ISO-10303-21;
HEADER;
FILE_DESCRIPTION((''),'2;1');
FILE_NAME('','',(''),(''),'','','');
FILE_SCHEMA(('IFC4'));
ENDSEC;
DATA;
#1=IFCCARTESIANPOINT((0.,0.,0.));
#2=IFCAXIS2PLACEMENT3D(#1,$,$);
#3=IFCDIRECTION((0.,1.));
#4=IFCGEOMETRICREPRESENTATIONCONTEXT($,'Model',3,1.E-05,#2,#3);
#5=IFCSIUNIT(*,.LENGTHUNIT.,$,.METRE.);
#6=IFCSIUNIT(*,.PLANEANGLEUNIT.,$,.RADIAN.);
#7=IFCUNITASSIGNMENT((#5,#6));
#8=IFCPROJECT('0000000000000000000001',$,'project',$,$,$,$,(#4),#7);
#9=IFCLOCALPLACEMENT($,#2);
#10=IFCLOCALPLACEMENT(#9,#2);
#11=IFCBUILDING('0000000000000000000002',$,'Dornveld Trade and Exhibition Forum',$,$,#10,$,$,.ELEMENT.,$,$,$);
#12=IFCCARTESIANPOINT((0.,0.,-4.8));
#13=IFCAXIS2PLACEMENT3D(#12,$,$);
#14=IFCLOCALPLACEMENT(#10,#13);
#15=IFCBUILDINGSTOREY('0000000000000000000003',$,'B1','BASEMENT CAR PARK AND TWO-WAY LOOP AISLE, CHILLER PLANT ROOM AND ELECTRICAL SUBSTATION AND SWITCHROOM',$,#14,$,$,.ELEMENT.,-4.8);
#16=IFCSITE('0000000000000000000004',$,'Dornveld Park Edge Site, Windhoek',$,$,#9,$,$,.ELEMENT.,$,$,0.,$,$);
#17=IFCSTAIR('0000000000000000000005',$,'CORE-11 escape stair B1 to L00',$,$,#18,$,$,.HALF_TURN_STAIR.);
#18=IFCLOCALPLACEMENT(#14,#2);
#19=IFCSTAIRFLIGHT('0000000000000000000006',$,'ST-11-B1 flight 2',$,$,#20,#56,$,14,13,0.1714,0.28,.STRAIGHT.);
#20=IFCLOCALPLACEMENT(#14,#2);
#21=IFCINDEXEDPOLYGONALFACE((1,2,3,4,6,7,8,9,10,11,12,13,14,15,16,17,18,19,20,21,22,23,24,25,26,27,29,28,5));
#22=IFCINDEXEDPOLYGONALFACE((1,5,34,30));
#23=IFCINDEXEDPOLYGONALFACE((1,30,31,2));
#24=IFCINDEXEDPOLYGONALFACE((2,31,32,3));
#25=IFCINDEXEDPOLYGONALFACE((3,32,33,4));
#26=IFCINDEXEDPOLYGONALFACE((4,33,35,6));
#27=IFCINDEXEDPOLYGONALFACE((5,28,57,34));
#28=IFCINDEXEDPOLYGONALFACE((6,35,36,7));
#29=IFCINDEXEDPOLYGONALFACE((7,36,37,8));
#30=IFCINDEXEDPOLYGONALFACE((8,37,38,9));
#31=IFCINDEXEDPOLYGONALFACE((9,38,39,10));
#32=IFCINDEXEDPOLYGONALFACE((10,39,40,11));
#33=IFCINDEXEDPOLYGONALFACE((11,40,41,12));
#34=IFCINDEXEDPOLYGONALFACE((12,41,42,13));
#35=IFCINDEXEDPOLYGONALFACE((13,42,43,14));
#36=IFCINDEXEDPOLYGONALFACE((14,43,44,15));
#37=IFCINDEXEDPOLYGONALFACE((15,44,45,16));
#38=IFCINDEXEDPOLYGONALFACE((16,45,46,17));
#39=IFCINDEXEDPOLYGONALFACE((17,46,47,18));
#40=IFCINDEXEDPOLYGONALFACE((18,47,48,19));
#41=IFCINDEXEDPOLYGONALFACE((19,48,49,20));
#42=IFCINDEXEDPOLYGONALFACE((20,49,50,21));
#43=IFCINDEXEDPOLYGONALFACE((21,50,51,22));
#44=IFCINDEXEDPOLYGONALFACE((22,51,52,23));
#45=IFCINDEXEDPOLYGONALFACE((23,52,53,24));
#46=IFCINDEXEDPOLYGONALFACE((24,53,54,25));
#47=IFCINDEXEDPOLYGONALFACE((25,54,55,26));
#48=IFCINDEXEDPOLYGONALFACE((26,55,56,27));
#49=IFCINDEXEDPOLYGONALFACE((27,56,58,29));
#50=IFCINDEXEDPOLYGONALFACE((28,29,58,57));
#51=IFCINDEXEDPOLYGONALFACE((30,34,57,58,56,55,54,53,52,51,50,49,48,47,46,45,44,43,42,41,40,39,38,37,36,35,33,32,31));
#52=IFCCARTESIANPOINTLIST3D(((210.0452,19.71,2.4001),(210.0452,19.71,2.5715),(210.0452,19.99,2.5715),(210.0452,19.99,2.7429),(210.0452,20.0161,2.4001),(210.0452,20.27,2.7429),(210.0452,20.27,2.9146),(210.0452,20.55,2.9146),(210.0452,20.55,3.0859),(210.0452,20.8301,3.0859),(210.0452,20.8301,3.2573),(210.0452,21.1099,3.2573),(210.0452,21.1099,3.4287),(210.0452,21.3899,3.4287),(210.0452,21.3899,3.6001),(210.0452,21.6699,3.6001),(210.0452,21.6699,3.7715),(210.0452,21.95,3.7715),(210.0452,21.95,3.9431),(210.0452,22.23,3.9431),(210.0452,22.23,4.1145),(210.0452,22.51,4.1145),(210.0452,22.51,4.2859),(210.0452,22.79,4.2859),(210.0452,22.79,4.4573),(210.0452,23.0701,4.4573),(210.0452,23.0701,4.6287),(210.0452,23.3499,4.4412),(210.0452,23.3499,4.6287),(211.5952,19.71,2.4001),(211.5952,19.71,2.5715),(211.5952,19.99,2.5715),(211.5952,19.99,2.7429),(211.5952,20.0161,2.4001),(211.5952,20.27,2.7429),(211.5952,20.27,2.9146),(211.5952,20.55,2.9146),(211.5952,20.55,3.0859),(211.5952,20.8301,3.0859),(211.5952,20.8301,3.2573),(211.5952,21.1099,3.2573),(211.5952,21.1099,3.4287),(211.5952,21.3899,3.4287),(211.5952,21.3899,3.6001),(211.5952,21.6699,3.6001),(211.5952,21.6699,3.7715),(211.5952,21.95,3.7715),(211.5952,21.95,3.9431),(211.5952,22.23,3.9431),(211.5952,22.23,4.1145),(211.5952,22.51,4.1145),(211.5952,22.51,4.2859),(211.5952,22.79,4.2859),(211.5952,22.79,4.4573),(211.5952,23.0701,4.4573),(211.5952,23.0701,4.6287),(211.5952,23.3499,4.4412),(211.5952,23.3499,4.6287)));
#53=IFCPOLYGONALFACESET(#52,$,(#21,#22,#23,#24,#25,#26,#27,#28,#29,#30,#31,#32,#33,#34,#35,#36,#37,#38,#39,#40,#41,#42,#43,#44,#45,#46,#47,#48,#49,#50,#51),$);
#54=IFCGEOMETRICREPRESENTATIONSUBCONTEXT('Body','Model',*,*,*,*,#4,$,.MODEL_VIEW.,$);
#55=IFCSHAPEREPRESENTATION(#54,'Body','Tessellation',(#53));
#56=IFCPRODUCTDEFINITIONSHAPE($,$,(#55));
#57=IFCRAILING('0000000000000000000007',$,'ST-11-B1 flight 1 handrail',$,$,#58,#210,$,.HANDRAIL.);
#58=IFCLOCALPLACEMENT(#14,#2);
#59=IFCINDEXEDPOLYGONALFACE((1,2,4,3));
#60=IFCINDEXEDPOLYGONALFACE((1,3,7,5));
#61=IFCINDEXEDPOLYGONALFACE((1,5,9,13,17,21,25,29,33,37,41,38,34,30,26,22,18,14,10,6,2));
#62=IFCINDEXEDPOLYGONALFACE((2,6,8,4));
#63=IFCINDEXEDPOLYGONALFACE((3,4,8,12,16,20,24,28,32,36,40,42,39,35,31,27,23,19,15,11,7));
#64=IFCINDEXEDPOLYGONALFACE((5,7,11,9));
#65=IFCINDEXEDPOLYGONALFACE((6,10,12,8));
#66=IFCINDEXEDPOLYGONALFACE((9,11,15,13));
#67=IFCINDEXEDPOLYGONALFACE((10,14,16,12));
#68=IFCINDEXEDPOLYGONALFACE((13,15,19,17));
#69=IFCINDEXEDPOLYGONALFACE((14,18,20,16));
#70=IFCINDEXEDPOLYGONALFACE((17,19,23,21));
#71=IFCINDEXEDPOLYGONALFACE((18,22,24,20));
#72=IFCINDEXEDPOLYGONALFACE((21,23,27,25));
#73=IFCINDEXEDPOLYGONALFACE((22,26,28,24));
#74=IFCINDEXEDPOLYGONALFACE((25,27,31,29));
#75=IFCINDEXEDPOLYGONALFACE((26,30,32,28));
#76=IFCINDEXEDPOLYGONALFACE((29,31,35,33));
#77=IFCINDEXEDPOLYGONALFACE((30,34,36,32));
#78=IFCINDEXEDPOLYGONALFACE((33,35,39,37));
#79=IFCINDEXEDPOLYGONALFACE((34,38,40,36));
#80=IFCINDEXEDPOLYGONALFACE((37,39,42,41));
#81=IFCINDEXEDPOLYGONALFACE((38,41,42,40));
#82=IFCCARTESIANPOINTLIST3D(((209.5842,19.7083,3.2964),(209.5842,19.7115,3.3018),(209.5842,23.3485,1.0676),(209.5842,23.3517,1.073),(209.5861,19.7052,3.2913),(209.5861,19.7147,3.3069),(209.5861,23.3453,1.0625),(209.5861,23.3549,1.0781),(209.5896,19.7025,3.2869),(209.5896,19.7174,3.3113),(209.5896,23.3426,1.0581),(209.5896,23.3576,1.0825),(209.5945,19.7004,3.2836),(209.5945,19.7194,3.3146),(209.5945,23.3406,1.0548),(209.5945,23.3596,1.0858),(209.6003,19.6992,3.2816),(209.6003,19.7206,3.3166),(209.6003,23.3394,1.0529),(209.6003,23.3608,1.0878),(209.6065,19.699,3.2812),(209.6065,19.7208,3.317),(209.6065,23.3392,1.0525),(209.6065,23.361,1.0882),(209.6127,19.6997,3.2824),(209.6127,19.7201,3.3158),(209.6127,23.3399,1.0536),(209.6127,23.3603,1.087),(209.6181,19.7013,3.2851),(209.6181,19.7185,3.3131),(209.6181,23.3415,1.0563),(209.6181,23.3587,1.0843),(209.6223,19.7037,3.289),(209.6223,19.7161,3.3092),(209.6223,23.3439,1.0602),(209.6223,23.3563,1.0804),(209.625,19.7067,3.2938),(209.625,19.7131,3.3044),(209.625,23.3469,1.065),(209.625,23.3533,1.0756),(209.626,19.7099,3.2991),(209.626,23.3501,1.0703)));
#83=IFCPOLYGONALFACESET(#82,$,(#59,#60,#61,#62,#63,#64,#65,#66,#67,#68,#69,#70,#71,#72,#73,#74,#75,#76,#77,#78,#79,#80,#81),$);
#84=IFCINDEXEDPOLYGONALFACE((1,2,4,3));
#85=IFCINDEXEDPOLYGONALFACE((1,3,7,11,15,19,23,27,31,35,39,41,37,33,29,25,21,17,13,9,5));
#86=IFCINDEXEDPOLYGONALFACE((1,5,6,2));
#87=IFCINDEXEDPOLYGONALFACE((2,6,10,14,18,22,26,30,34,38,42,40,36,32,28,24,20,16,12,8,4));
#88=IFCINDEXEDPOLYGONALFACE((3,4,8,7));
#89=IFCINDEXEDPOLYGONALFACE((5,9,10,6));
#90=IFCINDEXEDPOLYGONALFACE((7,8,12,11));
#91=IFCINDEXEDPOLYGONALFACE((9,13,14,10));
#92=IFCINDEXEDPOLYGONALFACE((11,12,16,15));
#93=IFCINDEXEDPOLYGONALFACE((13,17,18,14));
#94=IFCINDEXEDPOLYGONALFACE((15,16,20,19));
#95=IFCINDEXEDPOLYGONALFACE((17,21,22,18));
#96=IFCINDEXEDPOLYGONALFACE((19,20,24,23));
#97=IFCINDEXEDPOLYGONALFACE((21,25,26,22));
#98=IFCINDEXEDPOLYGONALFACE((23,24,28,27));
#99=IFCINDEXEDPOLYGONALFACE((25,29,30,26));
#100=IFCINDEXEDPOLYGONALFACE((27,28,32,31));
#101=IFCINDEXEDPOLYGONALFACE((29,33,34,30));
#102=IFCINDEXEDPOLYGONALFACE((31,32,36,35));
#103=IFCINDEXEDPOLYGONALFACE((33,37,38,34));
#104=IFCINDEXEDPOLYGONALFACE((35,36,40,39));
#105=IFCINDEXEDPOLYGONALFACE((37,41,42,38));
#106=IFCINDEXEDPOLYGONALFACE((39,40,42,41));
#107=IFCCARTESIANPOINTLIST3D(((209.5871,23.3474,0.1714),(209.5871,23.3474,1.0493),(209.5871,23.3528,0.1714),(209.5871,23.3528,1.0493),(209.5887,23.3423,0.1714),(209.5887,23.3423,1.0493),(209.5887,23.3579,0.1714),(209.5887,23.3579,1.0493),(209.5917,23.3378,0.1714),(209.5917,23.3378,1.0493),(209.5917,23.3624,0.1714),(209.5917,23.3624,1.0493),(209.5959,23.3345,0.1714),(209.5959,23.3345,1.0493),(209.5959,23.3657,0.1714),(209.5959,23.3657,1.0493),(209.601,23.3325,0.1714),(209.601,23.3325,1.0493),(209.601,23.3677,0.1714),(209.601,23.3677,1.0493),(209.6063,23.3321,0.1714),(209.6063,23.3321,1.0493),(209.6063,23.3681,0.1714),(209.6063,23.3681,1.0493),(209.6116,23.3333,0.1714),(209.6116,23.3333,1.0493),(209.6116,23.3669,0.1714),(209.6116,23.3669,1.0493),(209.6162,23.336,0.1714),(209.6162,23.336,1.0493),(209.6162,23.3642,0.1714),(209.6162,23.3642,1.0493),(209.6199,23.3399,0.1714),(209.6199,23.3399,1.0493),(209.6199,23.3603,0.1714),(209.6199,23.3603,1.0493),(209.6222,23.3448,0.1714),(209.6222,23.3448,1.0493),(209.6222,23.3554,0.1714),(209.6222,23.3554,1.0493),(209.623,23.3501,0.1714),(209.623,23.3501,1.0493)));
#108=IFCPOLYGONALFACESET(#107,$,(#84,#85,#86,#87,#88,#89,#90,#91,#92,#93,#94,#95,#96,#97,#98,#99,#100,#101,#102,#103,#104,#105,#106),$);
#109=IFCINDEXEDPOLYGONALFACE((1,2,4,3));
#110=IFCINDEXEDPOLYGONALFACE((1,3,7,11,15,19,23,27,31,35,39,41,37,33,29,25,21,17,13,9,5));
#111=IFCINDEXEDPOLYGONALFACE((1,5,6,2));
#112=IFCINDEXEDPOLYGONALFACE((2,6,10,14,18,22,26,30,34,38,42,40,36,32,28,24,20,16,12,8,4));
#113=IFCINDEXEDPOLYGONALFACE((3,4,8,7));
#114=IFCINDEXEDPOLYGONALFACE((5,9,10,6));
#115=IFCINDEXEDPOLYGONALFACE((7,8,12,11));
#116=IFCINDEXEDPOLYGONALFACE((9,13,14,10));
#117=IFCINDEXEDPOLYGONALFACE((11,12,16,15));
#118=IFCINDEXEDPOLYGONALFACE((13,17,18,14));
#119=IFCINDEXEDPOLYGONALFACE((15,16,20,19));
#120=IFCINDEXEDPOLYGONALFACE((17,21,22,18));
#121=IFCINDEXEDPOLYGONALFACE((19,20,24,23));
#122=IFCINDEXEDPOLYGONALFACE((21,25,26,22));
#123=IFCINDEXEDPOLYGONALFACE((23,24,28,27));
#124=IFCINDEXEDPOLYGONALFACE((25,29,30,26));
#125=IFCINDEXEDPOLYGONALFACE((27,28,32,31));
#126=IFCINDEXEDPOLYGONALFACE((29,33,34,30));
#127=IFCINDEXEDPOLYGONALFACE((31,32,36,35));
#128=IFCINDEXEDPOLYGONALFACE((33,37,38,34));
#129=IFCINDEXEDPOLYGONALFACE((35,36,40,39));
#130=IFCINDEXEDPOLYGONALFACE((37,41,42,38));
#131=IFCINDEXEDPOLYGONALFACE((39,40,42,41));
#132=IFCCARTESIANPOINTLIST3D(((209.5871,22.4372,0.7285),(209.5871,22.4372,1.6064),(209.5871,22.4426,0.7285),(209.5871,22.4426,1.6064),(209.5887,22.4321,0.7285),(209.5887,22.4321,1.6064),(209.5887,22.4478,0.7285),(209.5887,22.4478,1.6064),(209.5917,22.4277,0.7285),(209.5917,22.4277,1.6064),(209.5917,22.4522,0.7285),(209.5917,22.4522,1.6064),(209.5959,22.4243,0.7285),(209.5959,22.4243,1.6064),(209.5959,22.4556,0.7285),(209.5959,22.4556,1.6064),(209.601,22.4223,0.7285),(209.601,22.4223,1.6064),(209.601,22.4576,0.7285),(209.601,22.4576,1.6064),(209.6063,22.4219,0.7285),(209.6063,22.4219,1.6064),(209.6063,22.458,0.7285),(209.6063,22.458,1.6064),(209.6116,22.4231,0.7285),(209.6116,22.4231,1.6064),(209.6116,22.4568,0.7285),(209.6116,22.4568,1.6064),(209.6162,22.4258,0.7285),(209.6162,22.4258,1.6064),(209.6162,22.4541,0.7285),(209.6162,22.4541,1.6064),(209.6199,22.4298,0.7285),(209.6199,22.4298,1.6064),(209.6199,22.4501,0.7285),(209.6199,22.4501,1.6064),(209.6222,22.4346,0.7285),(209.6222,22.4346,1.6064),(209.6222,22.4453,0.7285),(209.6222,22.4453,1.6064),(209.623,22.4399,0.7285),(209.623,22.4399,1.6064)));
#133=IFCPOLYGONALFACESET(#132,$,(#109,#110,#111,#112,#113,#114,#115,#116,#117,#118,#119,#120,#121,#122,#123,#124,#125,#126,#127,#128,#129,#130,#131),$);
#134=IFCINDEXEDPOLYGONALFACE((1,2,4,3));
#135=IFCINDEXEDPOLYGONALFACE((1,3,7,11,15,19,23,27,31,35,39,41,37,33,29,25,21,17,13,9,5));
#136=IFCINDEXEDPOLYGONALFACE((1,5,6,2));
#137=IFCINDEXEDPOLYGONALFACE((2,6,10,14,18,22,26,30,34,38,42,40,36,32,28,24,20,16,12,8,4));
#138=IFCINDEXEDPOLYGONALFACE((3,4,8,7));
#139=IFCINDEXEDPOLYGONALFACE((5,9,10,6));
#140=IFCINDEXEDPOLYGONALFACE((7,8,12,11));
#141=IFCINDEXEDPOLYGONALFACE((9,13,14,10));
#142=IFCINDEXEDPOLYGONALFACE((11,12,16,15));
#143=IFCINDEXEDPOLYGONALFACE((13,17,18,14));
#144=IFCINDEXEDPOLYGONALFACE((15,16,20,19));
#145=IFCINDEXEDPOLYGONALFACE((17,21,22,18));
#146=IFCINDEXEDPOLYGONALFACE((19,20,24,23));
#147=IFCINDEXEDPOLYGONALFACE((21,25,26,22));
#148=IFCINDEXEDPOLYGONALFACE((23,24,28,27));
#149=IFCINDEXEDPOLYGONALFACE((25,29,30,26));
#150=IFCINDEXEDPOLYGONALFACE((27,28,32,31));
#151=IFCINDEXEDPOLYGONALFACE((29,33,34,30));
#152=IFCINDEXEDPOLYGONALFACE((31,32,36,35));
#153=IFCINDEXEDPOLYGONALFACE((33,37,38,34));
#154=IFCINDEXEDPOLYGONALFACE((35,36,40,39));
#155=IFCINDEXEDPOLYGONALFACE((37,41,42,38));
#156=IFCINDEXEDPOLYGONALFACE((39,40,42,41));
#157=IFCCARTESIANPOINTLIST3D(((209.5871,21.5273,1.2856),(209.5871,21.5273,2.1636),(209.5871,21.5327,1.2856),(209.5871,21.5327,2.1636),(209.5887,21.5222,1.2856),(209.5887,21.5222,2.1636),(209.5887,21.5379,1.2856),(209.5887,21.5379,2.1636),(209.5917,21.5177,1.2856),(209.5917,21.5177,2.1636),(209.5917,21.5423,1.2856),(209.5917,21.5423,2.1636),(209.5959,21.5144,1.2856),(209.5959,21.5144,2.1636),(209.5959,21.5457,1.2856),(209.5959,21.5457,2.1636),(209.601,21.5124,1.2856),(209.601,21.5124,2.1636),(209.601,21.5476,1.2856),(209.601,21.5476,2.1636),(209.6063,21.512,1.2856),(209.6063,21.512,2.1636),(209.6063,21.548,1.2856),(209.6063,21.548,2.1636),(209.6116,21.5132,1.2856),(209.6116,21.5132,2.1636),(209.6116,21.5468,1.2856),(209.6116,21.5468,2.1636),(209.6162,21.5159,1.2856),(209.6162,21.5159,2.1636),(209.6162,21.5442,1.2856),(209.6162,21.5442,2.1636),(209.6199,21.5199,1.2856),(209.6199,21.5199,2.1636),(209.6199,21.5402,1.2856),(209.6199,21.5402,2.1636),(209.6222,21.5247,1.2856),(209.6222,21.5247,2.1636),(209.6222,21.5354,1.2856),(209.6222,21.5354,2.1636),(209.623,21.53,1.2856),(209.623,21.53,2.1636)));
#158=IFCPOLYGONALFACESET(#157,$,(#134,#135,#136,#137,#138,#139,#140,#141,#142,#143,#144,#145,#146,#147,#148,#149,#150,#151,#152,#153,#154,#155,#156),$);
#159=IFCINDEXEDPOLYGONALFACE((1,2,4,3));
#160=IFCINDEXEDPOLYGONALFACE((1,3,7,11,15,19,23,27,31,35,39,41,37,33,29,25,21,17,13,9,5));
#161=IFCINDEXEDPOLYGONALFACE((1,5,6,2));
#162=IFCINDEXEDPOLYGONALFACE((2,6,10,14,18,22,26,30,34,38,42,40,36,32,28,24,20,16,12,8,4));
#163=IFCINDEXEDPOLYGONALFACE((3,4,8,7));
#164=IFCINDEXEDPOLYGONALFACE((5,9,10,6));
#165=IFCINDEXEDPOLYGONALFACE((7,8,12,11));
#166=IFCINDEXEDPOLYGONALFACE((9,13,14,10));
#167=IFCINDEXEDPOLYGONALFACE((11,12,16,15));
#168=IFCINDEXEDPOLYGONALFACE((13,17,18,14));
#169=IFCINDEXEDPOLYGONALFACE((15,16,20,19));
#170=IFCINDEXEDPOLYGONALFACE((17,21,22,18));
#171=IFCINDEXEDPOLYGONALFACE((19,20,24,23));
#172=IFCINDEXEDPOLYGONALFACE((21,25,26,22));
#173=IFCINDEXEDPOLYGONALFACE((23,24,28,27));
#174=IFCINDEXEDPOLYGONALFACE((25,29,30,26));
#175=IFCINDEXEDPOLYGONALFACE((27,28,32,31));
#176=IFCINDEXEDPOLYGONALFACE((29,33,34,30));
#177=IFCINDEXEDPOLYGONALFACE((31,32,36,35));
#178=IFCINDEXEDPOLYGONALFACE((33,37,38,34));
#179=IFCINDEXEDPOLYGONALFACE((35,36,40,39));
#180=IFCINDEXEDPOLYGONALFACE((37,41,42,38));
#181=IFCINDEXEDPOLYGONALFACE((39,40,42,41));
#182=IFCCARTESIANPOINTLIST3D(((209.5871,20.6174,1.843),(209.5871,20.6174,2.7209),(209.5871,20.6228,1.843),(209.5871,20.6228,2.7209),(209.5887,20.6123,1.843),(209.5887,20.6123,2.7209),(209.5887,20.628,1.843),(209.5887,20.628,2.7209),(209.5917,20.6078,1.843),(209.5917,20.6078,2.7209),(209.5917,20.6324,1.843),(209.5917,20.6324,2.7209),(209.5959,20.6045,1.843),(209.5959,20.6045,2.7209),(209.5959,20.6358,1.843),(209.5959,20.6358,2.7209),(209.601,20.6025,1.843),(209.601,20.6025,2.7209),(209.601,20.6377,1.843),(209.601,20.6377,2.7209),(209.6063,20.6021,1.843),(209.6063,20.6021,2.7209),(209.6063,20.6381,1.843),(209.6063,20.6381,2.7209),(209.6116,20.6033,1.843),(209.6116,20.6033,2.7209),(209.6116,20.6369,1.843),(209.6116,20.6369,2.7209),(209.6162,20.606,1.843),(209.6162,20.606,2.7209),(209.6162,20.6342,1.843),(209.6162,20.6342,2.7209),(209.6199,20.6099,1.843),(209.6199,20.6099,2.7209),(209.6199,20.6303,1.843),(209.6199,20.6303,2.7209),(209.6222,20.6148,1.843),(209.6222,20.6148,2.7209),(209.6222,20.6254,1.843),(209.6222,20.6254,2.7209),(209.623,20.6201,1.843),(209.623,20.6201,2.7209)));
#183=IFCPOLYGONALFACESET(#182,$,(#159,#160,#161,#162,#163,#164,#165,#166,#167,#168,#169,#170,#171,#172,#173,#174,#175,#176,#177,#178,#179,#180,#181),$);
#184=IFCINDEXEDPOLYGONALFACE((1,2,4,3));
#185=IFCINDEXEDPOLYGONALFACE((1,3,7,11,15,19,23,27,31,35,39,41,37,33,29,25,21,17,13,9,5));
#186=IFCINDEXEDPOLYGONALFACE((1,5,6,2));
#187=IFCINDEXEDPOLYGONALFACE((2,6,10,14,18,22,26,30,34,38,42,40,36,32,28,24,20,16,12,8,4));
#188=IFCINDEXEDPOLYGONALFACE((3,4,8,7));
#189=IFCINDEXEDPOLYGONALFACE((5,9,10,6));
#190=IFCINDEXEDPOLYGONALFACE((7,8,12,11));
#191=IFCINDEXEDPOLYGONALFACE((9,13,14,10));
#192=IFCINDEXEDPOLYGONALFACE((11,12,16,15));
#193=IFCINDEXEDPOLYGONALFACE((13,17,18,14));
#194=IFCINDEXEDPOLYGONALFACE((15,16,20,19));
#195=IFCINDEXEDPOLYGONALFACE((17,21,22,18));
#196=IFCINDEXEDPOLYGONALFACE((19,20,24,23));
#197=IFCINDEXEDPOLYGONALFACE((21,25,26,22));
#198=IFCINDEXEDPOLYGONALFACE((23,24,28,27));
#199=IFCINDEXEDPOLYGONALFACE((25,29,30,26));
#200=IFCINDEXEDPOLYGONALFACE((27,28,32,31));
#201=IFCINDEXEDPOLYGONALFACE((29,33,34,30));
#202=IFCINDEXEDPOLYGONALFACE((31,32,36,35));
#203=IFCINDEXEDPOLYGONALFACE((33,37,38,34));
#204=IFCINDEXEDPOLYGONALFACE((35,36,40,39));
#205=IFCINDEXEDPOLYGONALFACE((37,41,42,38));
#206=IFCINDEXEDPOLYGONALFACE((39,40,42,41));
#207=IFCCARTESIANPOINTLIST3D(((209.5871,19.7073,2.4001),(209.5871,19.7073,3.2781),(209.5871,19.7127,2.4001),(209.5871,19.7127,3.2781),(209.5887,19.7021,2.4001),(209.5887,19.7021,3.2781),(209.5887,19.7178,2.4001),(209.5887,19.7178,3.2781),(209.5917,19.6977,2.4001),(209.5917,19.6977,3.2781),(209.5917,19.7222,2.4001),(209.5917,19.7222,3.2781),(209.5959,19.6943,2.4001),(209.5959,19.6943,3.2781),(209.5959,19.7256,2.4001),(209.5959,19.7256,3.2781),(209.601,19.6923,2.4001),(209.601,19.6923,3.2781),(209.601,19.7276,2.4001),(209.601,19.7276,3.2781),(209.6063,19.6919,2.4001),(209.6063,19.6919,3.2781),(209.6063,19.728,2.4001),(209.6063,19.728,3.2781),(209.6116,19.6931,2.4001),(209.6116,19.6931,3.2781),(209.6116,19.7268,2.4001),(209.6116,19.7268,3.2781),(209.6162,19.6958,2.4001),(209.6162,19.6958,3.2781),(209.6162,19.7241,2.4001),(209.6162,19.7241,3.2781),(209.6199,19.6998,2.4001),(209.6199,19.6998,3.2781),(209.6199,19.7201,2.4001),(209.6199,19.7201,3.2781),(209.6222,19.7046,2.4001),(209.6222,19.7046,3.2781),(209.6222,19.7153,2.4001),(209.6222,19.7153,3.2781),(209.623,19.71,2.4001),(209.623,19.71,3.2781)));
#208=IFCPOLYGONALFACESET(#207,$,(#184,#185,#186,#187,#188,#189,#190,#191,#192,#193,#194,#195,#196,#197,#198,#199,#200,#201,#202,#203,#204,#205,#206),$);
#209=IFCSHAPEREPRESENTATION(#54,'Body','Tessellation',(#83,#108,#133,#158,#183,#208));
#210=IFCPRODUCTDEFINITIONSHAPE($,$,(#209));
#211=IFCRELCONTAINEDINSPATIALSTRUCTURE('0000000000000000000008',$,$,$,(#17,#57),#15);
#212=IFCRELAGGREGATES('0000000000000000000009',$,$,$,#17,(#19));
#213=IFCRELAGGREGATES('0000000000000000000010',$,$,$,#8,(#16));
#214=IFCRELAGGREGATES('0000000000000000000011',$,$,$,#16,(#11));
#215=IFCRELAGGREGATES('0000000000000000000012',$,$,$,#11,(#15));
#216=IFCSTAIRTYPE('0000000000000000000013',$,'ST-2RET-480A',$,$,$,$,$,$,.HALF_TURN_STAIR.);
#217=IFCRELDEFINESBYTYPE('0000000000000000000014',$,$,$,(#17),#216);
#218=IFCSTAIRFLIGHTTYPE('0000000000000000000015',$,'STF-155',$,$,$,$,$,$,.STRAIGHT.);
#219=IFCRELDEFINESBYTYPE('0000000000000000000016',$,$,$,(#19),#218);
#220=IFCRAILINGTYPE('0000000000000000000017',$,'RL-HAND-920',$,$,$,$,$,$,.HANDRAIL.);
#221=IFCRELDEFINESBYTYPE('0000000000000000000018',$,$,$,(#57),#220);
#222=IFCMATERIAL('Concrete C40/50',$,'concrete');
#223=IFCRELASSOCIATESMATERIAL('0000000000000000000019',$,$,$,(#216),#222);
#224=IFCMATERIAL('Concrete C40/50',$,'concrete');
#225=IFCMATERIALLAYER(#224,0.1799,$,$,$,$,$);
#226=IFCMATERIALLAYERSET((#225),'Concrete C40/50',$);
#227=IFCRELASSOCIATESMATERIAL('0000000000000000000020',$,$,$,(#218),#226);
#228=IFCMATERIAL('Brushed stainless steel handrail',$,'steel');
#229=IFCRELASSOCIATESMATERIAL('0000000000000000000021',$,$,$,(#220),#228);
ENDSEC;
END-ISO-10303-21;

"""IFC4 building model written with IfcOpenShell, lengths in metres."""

from ifc_helpers import new_model, si_unit, direction, frame, origin, origin_2d, place, context, subcontext, project, spatial, polyline, circle, outline, extrude, material, layer, layer_set, type_object, element, aggregate, save


model = new_model("IFC4")

# Units and contexts
model_context = context("Model", 3, precision=1e-05, world=origin(), true_north=direction((0.0, 1.0)))
body_context = subcontext(model_context, "Body", "Model", "MODEL_VIEW")
ifc_project = project(units=[si_unit("LENGTHUNIT", "METRE"), si_unit("PLANEANGLEUNIT", "RADIAN")], contexts=[model_context])

# Site, building, storey
site_placement = place(None, origin())
site = spatial("IfcSite", under=ifc_project, at=site_placement, Name="Dornveld Park Edge Site, Windhoek", CompositionType="ELEMENT", RefElevation=0.0)
building_placement = place(site_placement, origin())
building = spatial("IfcBuilding", under=site, at=building_placement, Name="Dornveld Trade and Exhibition Forum", CompositionType="ELEMENT")
storey_placement = place(building_placement, frame((0.0, 0.0, -4.8)))
storey = spatial("IfcBuildingStorey", under=building, at=storey_placement, Name="B1", Description="BASEMENT CAR PARK AND TWO-WAY LOOP AISLE, CHILLER PLANT ROOM AND ELECTRICAL SUBSTATION AND SWITCHROOM", CompositionType="ELEMENT", Elevation=-4.8)

# Stair, stair flight
ifc_material_1 = material(Name="Concrete C40/50", Category="concrete")
stair_type = type_object("IfcStairType", Name="ST-2RET-480A", PredefinedType="HALF_TURN_STAIR", material=ifc_material_1)
stair_placement = place(storey_placement, origin())
stair = element("IfcStair", 1, at=stair_placement, inside=storey, type_object=stair_type, Name="CORE-11 escape stair B1 to L00", PredefinedType="HALF_TURN_STAIR")
ifc_material_2 = material(Name="Concrete C40/50", Category="concrete")
ifc_layer_1 = layer(ifc_material_2, 0.1799)
ifc_layer_set_1 = layer_set([ifc_layer_1], Name="Concrete C40/50")
stair_flight_type = type_object("IfcStairFlightType", Name="STF-155", PredefinedType="STRAIGHT", material=ifc_layer_set_1)
stair_flight_1_placement = place(storey_placement, frame((210.8201, 19.71, 2.4001), z_axis=(0.0, 0.0, 1.0), x_axis=(0.0, 1.0, 0.0)))
stair_flight_1 = element("IfcStairFlight", 2, at=stair_flight_1_placement, type_object=stair_flight_type, Name="ST-11-B1 flight 2", NumberOfRisers=14, NumberOfTreads=13, PredefinedType="STRAIGHT", RiserHeight=0.1714, TreadLength=0.28, context=body_context, shape_type="SweptSolid", body=[
    extrude(outline(polyline([(0.0, 0.0), (0.0, 0.1714), (0.28, 0.1714), (0.28, 0.3428), (0.5601, 0.3428), (0.5601, 0.5144), (0.8401, 0.5144), (0.8401, 0.6858), (1.1201, 0.6858), (1.1201, 0.8572), (1.3999, 0.8572), (1.3999, 1.0286), (1.6799, 1.0286), (1.6799, 1.2), (1.96, 1.2), (1.96, 1.3713), (2.24, 1.3713), (2.24, 1.543), (2.52, 1.543), (2.52, 1.7144), (2.8, 1.7144), (2.8, 1.8857), (3.0801, 1.8857), (3.0801, 2.0571), (3.3601, 2.0571), (3.3601, 2.2285), (3.6399, 2.2285), (3.6399, 2.3999), (3.6399, 2.041), (0.3062, 0.0), (0.0, 0.0)])), frame((0.0, 0.7749, 0.0), z_axis=(0.0, -1.0, 0.0), x_axis=(1.0, 0.0, 0.0)), (0.0, 0.0, 1.0), 1.55),
])
aggregate(stair, [stair_flight_1])

# Railing
ifc_material_3 = material(Name="Brushed stainless steel handrail", Category="steel")
railing_type_1 = type_object("IfcRailingType", Name="RL-HAND-920", PredefinedType="HANDRAIL", material=ifc_material_3)
railing_1_placement = place(storey_placement, frame((209.605, 23.3501, 0.1714)))
element("IfcRailing", 3, at=railing_1_placement, inside=storey, type_object=railing_type_1, Name="ST-11-B1 flight 1 handrail", PredefinedType="HANDRAIL", context=body_context, shape_type="SweptSolid", body=[
    extrude(circle(Radius=0.021, at=origin_2d()), frame((0.0, 0.0, 0.8989), z_axis=(0.0, -0.85284, 0.522172), x_axis=(1.0, 0.0, 0.0)), (0.0, 0.0, 1.0), 4.2683),
    extrude(circle(Radius=0.0181, at=origin_2d()), origin(), (0.0, 0.0, 1.0), 0.8779),
    extrude(circle(Radius=0.0181, at=origin_2d()), frame((0.0, -0.9102, 0.5571)), (0.0, 0.0, 1.0), 0.8779),
    extrude(circle(Radius=0.0181, at=origin_2d()), frame((0.0, -1.8201, 1.1143)), (0.0, 0.0, 1.0), 0.8779),
    extrude(circle(Radius=0.0181, at=origin_2d()), frame((0.0, -2.73, 1.6716)), (0.0, 0.0, 1.0), 0.8779),
    extrude(circle(Radius=0.0181, at=origin_2d()), frame((0.0, -3.6401, 2.2288)), (0.0, 0.0, 1.0), 0.8779),
])

save(model, "model.ifc")
